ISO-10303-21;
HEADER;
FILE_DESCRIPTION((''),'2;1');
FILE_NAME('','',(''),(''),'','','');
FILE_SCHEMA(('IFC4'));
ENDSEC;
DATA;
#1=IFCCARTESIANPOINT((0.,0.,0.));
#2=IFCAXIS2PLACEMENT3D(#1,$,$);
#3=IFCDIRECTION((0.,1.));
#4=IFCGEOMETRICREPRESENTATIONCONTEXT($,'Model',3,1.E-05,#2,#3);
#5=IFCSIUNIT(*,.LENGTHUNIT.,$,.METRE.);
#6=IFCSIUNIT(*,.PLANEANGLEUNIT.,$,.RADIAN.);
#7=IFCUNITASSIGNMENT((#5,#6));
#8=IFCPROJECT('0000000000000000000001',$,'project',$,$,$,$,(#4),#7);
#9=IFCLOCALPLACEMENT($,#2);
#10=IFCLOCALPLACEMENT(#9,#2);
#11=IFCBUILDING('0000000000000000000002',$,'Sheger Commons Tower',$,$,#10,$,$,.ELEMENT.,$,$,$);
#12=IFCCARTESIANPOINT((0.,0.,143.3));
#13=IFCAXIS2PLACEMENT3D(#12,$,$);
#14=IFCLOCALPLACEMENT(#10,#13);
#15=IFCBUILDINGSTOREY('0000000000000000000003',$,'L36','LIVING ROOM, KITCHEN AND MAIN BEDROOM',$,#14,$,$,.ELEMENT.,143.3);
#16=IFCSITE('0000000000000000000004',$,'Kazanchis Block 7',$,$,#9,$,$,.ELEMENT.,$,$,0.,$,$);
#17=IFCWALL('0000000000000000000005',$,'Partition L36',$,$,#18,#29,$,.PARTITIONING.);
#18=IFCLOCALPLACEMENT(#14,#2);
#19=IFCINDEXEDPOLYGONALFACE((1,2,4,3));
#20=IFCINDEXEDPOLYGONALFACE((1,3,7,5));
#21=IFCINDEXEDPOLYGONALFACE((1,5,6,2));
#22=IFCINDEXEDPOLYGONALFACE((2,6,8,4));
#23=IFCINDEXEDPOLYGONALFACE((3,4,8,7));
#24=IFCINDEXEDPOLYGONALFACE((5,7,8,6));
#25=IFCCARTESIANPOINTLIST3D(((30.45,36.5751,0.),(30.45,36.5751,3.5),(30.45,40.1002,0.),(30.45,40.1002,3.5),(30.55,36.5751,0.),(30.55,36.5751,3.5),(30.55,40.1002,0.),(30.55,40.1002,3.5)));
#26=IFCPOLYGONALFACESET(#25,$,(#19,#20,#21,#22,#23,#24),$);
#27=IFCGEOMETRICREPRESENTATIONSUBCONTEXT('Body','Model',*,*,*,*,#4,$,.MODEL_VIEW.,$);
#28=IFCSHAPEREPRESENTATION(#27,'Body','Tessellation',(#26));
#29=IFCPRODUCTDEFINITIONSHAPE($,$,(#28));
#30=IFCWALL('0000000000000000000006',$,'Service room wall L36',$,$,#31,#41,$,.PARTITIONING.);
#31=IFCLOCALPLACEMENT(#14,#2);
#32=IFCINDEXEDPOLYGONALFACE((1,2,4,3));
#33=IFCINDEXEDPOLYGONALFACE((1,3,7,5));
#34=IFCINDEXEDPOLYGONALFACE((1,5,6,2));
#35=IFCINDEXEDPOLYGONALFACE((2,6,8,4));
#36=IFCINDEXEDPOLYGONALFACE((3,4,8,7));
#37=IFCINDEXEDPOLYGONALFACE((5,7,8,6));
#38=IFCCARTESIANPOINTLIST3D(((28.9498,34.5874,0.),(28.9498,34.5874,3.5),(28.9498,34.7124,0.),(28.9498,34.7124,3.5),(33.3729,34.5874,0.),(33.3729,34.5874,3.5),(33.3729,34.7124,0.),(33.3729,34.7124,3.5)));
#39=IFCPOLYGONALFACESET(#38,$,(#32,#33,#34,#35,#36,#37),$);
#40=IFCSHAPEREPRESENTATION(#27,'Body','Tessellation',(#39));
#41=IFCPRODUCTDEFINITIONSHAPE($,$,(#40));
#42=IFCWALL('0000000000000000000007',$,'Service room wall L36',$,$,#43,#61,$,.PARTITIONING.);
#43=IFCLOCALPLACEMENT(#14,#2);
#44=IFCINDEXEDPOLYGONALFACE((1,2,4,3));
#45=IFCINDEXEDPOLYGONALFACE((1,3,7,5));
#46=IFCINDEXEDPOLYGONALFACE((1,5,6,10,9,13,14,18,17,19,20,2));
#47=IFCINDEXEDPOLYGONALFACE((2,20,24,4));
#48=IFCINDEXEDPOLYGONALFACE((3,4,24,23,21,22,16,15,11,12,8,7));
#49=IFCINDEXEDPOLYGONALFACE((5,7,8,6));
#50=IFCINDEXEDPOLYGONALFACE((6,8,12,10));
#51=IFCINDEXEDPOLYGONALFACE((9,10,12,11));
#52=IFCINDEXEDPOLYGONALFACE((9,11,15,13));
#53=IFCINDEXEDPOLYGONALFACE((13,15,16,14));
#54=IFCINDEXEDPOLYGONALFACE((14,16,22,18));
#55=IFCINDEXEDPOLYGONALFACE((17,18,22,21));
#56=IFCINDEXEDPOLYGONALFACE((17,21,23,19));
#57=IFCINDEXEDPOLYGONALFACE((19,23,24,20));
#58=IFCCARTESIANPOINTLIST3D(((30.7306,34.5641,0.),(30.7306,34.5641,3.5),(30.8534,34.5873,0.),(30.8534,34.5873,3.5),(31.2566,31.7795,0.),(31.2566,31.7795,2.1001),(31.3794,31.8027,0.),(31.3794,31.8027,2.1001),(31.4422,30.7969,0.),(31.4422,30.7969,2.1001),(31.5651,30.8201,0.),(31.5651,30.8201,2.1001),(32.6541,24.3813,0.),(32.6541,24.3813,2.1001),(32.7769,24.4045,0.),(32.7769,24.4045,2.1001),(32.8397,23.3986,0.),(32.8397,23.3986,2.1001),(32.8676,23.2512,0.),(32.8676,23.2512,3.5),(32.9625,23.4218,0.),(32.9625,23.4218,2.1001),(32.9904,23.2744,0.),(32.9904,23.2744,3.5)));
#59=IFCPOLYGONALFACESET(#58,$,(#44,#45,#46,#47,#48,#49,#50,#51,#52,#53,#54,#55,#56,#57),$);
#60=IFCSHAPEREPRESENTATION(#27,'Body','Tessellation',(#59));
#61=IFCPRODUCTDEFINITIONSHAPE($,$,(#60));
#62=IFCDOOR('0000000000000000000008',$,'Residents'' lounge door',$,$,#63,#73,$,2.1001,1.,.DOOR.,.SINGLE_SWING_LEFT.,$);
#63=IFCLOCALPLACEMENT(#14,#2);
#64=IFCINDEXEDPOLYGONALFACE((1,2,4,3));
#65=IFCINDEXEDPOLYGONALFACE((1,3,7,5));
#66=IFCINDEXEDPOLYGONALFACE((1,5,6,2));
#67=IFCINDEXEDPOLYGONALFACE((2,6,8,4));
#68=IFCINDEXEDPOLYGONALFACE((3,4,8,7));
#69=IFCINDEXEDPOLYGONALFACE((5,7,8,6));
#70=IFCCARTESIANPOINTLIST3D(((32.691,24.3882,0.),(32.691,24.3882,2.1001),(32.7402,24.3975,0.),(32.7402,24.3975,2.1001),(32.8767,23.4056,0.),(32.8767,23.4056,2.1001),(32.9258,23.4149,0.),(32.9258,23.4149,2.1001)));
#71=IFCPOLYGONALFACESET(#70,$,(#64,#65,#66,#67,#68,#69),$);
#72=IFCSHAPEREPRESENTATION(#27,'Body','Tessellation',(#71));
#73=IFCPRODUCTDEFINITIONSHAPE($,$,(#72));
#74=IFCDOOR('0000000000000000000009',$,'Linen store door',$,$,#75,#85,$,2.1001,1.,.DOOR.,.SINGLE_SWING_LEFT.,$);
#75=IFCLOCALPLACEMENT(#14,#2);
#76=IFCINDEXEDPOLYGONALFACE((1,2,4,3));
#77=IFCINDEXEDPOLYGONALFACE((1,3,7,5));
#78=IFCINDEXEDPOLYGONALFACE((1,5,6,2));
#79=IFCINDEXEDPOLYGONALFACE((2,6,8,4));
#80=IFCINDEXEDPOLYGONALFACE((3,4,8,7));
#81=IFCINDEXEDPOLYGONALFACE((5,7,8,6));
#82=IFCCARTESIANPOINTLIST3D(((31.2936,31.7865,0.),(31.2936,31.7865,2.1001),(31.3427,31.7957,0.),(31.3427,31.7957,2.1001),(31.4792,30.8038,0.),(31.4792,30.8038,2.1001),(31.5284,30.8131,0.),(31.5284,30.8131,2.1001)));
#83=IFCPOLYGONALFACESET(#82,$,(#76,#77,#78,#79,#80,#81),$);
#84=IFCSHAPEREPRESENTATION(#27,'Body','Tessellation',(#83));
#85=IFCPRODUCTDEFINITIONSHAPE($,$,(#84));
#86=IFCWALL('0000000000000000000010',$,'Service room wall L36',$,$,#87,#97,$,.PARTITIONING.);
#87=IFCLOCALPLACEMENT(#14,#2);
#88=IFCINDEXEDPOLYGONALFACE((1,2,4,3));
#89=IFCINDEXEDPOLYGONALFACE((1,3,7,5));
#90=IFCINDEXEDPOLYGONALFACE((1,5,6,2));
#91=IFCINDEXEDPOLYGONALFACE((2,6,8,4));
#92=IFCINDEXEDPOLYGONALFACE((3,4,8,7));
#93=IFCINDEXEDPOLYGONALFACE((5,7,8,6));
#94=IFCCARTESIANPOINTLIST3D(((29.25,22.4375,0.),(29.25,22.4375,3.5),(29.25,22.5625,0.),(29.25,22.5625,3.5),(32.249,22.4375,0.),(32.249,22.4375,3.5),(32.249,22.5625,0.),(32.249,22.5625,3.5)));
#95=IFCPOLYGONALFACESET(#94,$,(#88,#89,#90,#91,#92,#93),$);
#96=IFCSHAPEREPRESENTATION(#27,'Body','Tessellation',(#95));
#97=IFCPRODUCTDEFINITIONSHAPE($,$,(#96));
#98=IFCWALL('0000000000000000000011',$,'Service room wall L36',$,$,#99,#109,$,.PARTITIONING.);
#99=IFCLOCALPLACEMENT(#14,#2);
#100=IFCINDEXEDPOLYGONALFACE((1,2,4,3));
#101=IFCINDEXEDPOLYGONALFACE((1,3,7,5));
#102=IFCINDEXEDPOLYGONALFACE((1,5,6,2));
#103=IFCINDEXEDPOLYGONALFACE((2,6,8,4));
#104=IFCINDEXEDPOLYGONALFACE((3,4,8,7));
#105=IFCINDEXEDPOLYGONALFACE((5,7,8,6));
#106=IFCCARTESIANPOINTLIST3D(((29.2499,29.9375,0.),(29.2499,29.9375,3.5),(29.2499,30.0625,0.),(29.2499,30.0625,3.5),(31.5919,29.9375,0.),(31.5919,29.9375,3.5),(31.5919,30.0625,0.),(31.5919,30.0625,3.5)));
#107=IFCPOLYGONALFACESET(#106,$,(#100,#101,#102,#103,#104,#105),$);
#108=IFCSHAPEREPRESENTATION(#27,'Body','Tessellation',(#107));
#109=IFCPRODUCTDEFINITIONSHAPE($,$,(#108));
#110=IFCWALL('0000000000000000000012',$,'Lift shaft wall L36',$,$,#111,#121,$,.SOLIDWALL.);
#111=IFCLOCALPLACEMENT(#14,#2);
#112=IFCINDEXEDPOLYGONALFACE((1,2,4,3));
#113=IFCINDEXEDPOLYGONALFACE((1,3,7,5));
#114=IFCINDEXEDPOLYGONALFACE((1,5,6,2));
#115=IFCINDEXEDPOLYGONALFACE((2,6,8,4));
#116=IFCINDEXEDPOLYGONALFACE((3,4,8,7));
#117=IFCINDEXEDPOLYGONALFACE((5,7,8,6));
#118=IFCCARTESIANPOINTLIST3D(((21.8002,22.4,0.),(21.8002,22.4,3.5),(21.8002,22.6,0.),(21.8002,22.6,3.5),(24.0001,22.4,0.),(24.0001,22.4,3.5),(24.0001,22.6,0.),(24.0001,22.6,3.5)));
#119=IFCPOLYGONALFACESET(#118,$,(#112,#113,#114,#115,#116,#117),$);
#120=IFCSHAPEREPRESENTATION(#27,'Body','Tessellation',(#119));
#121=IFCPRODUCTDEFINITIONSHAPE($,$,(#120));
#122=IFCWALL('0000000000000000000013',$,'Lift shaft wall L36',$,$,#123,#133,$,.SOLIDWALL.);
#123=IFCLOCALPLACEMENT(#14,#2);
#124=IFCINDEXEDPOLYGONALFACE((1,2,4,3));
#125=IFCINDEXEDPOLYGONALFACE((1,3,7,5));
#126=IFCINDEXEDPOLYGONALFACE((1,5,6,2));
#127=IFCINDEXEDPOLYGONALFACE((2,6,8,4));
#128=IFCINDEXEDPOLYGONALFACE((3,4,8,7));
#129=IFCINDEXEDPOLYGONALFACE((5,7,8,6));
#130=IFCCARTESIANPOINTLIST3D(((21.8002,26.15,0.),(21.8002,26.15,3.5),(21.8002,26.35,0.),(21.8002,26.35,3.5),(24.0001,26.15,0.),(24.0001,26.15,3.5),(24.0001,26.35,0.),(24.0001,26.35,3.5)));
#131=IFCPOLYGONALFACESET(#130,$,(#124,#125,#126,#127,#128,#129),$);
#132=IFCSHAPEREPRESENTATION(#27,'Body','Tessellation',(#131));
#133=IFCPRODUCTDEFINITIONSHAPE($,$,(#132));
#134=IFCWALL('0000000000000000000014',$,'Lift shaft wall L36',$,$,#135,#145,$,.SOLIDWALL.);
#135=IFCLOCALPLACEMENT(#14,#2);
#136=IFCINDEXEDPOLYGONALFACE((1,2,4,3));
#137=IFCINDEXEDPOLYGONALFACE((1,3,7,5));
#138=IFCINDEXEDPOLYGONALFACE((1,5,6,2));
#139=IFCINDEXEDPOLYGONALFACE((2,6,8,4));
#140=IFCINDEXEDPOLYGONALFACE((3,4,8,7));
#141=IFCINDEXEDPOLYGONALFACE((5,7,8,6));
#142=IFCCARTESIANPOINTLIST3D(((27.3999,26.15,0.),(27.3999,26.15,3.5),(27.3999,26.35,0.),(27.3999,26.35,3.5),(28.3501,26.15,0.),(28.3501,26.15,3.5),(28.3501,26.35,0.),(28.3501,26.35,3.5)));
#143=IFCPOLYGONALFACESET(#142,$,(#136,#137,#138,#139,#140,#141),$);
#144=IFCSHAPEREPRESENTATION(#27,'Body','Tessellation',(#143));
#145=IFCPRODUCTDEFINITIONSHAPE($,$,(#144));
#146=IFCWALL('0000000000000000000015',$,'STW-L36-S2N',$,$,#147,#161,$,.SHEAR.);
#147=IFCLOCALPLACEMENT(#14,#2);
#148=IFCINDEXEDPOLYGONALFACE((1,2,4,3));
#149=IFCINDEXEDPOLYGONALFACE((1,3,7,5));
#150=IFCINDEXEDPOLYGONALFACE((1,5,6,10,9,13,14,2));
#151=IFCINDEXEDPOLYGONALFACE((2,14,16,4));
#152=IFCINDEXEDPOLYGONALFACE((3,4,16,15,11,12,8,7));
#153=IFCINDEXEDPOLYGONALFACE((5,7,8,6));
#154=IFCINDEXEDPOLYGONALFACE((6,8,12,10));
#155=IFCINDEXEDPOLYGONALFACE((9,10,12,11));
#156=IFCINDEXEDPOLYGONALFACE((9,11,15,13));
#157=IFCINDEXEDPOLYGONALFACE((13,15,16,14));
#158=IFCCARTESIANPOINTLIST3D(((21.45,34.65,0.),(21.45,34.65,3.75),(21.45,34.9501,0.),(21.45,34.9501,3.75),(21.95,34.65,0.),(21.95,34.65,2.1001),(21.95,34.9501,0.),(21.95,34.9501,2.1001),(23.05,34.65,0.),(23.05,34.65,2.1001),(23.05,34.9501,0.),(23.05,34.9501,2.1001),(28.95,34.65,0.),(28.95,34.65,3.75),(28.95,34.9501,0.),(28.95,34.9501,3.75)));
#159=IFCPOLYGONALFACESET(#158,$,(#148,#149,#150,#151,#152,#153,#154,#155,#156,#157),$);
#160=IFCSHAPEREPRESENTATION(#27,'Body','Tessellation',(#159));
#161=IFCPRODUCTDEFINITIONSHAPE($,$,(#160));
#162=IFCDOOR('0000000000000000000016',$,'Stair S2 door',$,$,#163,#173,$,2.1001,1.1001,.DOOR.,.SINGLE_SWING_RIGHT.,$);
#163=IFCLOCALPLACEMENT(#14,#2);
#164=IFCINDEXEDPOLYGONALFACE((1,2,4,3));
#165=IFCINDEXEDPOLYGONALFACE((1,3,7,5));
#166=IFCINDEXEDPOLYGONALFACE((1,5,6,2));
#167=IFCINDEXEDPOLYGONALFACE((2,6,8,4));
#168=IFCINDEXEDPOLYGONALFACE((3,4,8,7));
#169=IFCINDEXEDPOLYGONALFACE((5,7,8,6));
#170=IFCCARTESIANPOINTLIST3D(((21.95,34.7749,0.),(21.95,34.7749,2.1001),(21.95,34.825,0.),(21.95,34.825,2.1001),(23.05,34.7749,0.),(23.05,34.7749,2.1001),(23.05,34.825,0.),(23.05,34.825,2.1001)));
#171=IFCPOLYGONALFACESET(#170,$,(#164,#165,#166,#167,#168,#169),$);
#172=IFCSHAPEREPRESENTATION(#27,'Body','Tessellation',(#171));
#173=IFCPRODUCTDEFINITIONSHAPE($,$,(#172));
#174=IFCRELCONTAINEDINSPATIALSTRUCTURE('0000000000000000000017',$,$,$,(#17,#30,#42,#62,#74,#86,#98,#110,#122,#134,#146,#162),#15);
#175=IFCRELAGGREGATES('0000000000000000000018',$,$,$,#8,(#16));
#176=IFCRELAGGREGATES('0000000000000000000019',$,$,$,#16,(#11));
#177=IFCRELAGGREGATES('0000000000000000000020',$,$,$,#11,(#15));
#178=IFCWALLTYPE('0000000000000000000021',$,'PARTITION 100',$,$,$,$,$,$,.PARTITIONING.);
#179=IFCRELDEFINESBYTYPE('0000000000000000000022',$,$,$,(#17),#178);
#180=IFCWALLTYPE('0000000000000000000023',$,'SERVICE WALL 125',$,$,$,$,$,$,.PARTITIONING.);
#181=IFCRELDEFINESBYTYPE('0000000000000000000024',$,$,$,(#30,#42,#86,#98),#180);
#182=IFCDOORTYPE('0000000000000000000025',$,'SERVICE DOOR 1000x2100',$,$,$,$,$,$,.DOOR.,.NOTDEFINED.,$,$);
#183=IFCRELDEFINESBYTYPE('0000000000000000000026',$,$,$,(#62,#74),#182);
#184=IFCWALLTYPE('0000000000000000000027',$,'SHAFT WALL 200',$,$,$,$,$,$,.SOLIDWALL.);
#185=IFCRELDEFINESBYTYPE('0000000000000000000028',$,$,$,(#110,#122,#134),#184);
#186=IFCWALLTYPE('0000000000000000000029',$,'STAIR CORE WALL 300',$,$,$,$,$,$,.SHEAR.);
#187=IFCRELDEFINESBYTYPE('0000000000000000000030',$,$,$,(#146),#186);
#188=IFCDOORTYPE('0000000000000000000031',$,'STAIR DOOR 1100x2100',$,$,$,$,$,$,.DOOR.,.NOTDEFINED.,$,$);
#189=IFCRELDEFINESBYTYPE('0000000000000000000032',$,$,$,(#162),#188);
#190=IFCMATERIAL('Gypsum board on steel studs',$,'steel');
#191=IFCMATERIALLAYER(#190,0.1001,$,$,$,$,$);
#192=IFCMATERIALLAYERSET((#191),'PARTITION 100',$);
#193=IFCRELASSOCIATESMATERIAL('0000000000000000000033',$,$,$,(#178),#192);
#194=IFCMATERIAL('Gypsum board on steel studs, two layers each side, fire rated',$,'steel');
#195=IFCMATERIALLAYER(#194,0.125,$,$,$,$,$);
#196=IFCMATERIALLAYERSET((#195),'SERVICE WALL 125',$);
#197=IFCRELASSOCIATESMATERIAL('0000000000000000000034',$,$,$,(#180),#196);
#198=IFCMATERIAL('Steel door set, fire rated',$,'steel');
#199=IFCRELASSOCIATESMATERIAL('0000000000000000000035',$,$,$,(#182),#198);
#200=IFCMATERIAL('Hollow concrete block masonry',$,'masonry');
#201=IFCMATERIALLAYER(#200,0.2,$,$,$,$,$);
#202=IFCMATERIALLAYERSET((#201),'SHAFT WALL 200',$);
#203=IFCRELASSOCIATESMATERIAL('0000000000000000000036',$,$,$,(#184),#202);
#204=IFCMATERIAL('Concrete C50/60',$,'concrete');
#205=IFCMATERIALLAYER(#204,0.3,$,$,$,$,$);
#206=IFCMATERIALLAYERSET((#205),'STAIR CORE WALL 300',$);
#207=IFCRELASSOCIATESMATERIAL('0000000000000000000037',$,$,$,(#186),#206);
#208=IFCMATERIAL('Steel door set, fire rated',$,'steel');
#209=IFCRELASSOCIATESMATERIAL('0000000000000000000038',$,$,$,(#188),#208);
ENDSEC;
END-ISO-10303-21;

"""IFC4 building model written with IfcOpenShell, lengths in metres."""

from ifc_helpers import new_model, si_unit, direction, frame, frame_2d, origin, place, context, subcontext, project, spatial, rectangle, extrude, material, layer, layer_set, type_object, element, fill, save


model = new_model("IFC4")

# Units and contexts
model_context = context("Model", 3, precision=1e-05, world=origin(), true_north=direction((0.0, 1.0)))
body_context = subcontext(model_context, "Body", "Model", "MODEL_VIEW")
ifc_project = project(units=[si_unit("LENGTHUNIT", "METRE"), si_unit("PLANEANGLEUNIT", "RADIAN")], contexts=[model_context])

# Site, building, storey
site_placement = place(None, origin())
site = spatial("IfcSite", under=ifc_project, at=site_placement, Name="Kazanchis Block 7", CompositionType="ELEMENT", RefElevation=0.0)
building_placement = place(site_placement, origin())
building = spatial("IfcBuilding", under=site, at=building_placement, Name="Sheger Commons Tower", CompositionType="ELEMENT")
storey_placement = place(building_placement, frame((0.0, 0.0, 143.3)))
storey = spatial("IfcBuildingStorey", under=building, at=storey_placement, Name="L36", Description="LIVING ROOM, KITCHEN AND MAIN BEDROOM", CompositionType="ELEMENT", Elevation=143.3)

# Walls
ifc_material_1 = material(Name="Gypsum board on steel studs", Category="steel")
ifc_layer_1 = layer(ifc_material_1, 0.1001)
ifc_layer_set_1 = layer_set([ifc_layer_1], Name="PARTITION 100")
wall_type_1 = type_object("IfcWallType", Name="PARTITION 100", PredefinedType="PARTITIONING", material=ifc_layer_set_1)
for number, where, z_axis, x_axis, name in (
    (1, (30.5, 36.575, 0.0), (0.0, 0.0, 1.0), (0.0, 1.0, 0.0), "Partition L36"),
):
    element("IfcWall", number, at=place(storey_placement, frame(where, z_axis=z_axis, x_axis=x_axis)), inside=storey, type_object=wall_type_1, Name=name, PredefinedType="PARTITIONING", context=body_context, shape_type="SweptSolid", body=[
        extrude(rectangle(XDim=3.5251, YDim=0.1001, at=frame_2d((1.7627, 0.0))), origin(), (0.0, 0.0, 1.0), 3.5),
    ])
ifc_material_2 = material(Name="Gypsum board on steel studs, two layers each side, fire rated", Category="steel")
ifc_layer_2 = layer(ifc_material_2, 0.125)
ifc_layer_set_2 = layer_set([ifc_layer_2], Name="SERVICE WALL 125")
wall_type_2 = type_object("IfcWallType", Name="SERVICE WALL 125", PredefinedType="PARTITIONING", material=ifc_layer_set_2)
wall_1_placement = place(storey_placement, frame((28.95, 34.6499, 0.0), z_axis=(0.0, 0.0, 1.0), x_axis=(1.0, 0.0, 0.0)))
element("IfcWall", 2, at=wall_1_placement, inside=storey, type_object=wall_type_2, Name="Service room wall L36", PredefinedType="PARTITIONING", context=body_context, shape_type="SweptSolid", body=[
    extrude(rectangle(XDim=4.4231, YDim=0.125, at=frame_2d((2.2114, 0.0))), origin(), (0.0, 0.0, 1.0), 3.5),
])

# Wall, openings, doors
wall_2_placement = place(storey_placement, frame((32.929, 23.2629, 0.0), z_axis=(0.0, 0.0, 1.0), x_axis=(-0.185612, 0.982623, 0.0)))
wall_2 = element("IfcWall", 3, at=wall_2_placement, inside=storey, type_object=wall_type_2, Name="Service room wall L36", PredefinedType="PARTITIONING", context=body_context, shape_type="SweptSolid", body=[
    extrude(rectangle(XDim=11.5129, YDim=0.125, at=frame_2d((5.7563, 0.0))), origin(), (0.0, 0.0, 1.0), 3.5),
])
opening_1_placement = place(wall_2_placement, frame((0.1499, 0.0, 0.0)))
opening_1 = element("IfcOpeningElement", 4, at=opening_1_placement, cuts=wall_2, PredefinedType="OPENING", context=body_context, shape_type="SweptSolid", body=[
    extrude(rectangle(XDim=1.0, YDim=2.1001, at=frame_2d((0.5, 1.05))), frame((0.0, 0.0725, 0.0), z_axis=(0.0, -1.0, 0.0), x_axis=(1.0, 0.0, 0.0)), (0.0, 0.0, 1.0), 0.145),
])
opening_2_placement = place(wall_2_placement, frame((7.679, 0.0, 0.0)))
opening_2 = element("IfcOpeningElement", 5, at=opening_2_placement, cuts=wall_2, PredefinedType="OPENING", context=body_context, shape_type="SweptSolid", body=[
    extrude(rectangle(XDim=1.0, YDim=2.1001, at=frame_2d((0.5, 1.05))), frame((0.0, 0.0725, 0.0), z_axis=(0.0, -1.0, 0.0), x_axis=(1.0, 0.0, 0.0)), (0.0, 0.0, 1.0), 0.145),
])
ifc_material_3 = material(Name="Steel door set, fire rated", Category="steel")
door_type_1 = type_object("IfcDoorType", Name="SERVICE DOOR 1000x2100", OperationType="NOTDEFINED", PredefinedType="DOOR", material=ifc_material_3)
door_1_placement = place(opening_1_placement, origin())
door_1 = element("IfcDoor", 6, at=door_1_placement, inside=storey, type_object=door_type_1, Name="Residents' lounge door", OperationType="SINGLE_SWING_LEFT", OverallHeight=2.1001, OverallWidth=1.0, PredefinedType="DOOR", context=body_context, shape_type="SweptSolid", body=[
    extrude(rectangle(XDim=1.0, YDim=2.1001, at=frame_2d((0.5, 1.05))), frame((0.0, 0.0249, 0.0), z_axis=(0.0, -1.0, 0.0), x_axis=(1.0, 0.0, 0.0)), (0.0, 0.0, 1.0), 0.05),
])
fill(opening_1, door_1)
door_2_placement = place(opening_2_placement, origin())
door_2 = element("IfcDoor", 7, at=door_2_placement, inside=storey, type_object=door_type_1, Name="Linen store door", OperationType="SINGLE_SWING_LEFT", OverallHeight=2.1001, OverallWidth=1.0, PredefinedType="DOOR", context=body_context, shape_type="SweptSolid", body=[
    extrude(rectangle(XDim=1.0, YDim=2.1001, at=frame_2d((0.5, 1.05))), frame((0.0, 0.0249, 0.0), z_axis=(0.0, -1.0, 0.0), x_axis=(1.0, 0.0, 0.0)), (0.0, 0.0, 1.0), 0.05),
])
fill(opening_2, door_2)

# Walls
wall_3_placement = place(storey_placement, frame((29.25, 22.5, 0.0), z_axis=(0.0, 0.0, 1.0), x_axis=(1.0, 0.0, 0.0)))
element("IfcWall", 8, at=wall_3_placement, inside=storey, type_object=wall_type_2, Name="Service room wall L36", PredefinedType="PARTITIONING", context=body_context, shape_type="SweptSolid", body=[
    extrude(rectangle(XDim=2.999, YDim=0.125, at=frame_2d((1.4995, 0.0))), origin(), (0.0, 0.0, 1.0), 3.5),
])
wall_4_placement = place(storey_placement, frame((29.25, 30.0, 0.0), z_axis=(0.0, 0.0, 1.0), x_axis=(1.0, 0.0, 0.0)))
element("IfcWall", 9, at=wall_4_placement, inside=storey, type_object=wall_type_2, Name="Service room wall L36", PredefinedType="PARTITIONING", context=body_context, shape_type="SweptSolid", body=[
    extrude(rectangle(XDim=2.342, YDim=0.125, at=frame_2d((1.1709, 0.0))), origin(), (0.0, 0.0, 1.0), 3.5),
])
ifc_material_4 = material(Name="Hollow concrete block masonry", Category="masonry")
ifc_layer_3 = layer(ifc_material_4, 0.2)
ifc_layer_set_3 = layer_set([ifc_layer_3], Name="SHAFT WALL 200")
wall_type_3 = type_object("IfcWallType", Name="SHAFT WALL 200", PredefinedType="SOLIDWALL", material=ifc_layer_set_3)
for number, where, z_axis, x_axis, name in (
    (10, (21.8, 22.5, 0.0), (0.0, 0.0, 1.0), (1.0, 0.0, 0.0), "Lift shaft wall L36"),
    (11, (21.8, 26.25, 0.0), (0.0, 0.0, 1.0), (1.0, 0.0, 0.0), "Lift shaft wall L36"),
):
    element("IfcWall", number, at=place(storey_placement, frame(where, z_axis=z_axis, x_axis=x_axis)), inside=storey, type_object=wall_type_3, Name=name, PredefinedType="SOLIDWALL", context=body_context, shape_type="SweptSolid", body=[
        extrude(rectangle(XDim=2.2, YDim=0.2, at=frame_2d((1.1001, 0.0))), origin(), (0.0, 0.0, 1.0), 3.5),
    ])
wall_5_placement = place(storey_placement, frame((27.3999, 26.25, 0.0), z_axis=(0.0, 0.0, 1.0), x_axis=(1.0, 0.0, 0.0)))
element("IfcWall", 12, at=wall_5_placement, inside=storey, type_object=wall_type_3, Name="Lift shaft wall L36", PredefinedType="SOLIDWALL", context=body_context, shape_type="SweptSolid", body=[
    extrude(rectangle(XDim=0.9502, YDim=0.2, at=frame_2d((0.4751, 0.0))), origin(), (0.0, 0.0, 1.0), 3.5),
])

# Wall, opening, door
ifc_material_5 = material(Name="Concrete C50/60", Category="concrete")
ifc_layer_4 = layer(ifc_material_5, 0.3)
ifc_layer_set_4 = layer_set([ifc_layer_4], Name="STAIR CORE WALL 300")
wall_type_4 = type_object("IfcWallType", Name="STAIR CORE WALL 300", PredefinedType="SHEAR", material=ifc_layer_set_4)
wall_6_placement = place(storey_placement, frame((21.45, 34.8, 0.0), z_axis=(0.0, 0.0, 1.0), x_axis=(1.0, 0.0, 0.0)))
wall_6 = element("IfcWall", 13, at=wall_6_placement, inside=storey, type_object=wall_type_4, Name="STW-L36-S2N", PredefinedType="SHEAR", context=body_context, shape_type="SweptSolid", body=[
    extrude(rectangle(XDim=7.5, YDim=0.3, at=frame_2d((3.75, 0.0))), origin(), (0.0, 0.0, 1.0), 3.75),
])
opening_3_placement = place(wall_6_placement, frame((0.5, 0.0, 0.0)))
opening_3 = element("IfcOpeningElement", 14, at=opening_3_placement, cuts=wall_6, PredefinedType="OPENING", context=body_context, shape_type="SweptSolid", body=[
    extrude(rectangle(XDim=1.1001, YDim=2.1001, at=frame_2d((0.55, 1.05))), frame((0.0, 0.1599, 0.0), z_axis=(0.0, -1.0, 0.0), x_axis=(1.0, 0.0, 0.0)), (0.0, 0.0, 1.0), 0.3201),
])
ifc_material_6 = material(Name="Steel door set, fire rated", Category="steel")
door_type_2 = type_object("IfcDoorType", Name="STAIR DOOR 1100x2100", OperationType="NOTDEFINED", PredefinedType="DOOR", material=ifc_material_6)
door_3_placement = place(opening_3_placement, origin())
door_3 = element("IfcDoor", 15, at=door_3_placement, inside=storey, type_object=door_type_2, Name="Stair S2 door", OperationType="SINGLE_SWING_RIGHT", OverallHeight=2.1001, OverallWidth=1.1001, PredefinedType="DOOR", context=body_context, shape_type="SweptSolid", body=[
    extrude(rectangle(XDim=1.1001, YDim=2.1001, at=frame_2d((0.55, 1.05))), frame((0.0, 0.0249, 0.0), z_axis=(0.0, -1.0, 0.0), x_axis=(1.0, 0.0, 0.0)), (0.0, 0.0, 1.0), 0.05),
])
fill(opening_3, door_3)

save(model, "model.ifc")
